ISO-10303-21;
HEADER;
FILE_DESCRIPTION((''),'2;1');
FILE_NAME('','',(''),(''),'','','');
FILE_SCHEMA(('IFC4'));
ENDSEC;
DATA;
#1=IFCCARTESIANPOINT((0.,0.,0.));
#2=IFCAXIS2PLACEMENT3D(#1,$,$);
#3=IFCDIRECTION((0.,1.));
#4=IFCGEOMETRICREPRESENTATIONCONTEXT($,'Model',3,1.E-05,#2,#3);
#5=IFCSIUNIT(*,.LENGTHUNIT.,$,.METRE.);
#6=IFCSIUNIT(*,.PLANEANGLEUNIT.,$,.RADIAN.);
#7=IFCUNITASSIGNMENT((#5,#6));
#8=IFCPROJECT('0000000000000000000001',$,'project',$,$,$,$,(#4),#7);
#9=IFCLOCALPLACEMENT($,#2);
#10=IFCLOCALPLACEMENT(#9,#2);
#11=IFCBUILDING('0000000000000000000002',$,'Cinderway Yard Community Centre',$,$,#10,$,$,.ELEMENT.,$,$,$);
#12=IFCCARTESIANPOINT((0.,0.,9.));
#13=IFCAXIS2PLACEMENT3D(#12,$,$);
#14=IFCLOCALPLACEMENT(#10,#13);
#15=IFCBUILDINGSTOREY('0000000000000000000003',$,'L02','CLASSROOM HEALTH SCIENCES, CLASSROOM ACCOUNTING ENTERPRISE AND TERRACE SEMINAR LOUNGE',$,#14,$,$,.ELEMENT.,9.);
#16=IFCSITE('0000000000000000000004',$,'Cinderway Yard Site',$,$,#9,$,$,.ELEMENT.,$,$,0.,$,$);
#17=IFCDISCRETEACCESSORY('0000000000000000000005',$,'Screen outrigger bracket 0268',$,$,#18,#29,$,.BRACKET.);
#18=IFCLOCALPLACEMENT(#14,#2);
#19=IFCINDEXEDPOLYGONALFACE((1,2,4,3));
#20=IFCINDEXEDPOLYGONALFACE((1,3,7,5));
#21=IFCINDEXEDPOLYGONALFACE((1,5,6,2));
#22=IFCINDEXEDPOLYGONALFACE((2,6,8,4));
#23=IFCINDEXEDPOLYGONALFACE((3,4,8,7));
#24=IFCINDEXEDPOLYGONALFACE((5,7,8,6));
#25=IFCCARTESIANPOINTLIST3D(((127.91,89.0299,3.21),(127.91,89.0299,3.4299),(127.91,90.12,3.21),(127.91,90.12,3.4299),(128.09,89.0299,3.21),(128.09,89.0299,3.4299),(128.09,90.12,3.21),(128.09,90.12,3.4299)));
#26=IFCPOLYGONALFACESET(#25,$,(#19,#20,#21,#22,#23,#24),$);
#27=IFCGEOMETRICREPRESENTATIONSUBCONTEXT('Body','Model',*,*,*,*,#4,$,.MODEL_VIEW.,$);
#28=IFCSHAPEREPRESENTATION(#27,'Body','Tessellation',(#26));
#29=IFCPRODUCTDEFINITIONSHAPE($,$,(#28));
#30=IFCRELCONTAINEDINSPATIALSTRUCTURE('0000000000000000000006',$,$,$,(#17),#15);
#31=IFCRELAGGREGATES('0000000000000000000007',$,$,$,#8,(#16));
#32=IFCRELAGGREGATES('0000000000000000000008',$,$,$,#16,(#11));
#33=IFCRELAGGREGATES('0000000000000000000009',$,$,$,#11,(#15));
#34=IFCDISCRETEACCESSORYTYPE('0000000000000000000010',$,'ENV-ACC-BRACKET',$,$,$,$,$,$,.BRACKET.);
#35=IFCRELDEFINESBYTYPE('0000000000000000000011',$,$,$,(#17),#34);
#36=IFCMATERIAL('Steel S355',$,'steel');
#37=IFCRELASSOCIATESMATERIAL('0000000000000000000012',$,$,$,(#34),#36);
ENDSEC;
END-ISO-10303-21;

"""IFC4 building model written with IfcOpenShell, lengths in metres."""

from ifc_helpers import new_model, si_unit, direction, frame, origin, origin_2d, place, context, subcontext, project, spatial, rectangle, extrude, material, type_object, element, save


model = new_model("IFC4")

# Units and contexts
model_context = context("Model", 3, precision=1e-05, world=origin(), true_north=direction((0.0, 1.0)))
body_context = subcontext(model_context, "Body", "Model", "MODEL_VIEW")
ifc_project = project(units=[si_unit("LENGTHUNIT", "METRE"), si_unit("PLANEANGLEUNIT", "RADIAN")], contexts=[model_context])

# Site, building, storey
site_placement = place(None, origin())
site = spatial("IfcSite", under=ifc_project, at=site_placement, Name="Cinderway Yard Site", CompositionType="ELEMENT", RefElevation=0.0)
building_placement = place(site_placement, origin())
building = spatial("IfcBuilding", under=site, at=building_placement, Name="Cinderway Yard Community Centre", CompositionType="ELEMENT")
storey_placement = place(building_placement, frame((0.0, 0.0, 9.0)))
storey = spatial("IfcBuildingStorey", under=building, at=storey_placement, Name="L02", Description="CLASSROOM HEALTH SCIENCES, CLASSROOM ACCOUNTING ENTERPRISE AND TERRACE SEMINAR LOUNGE", CompositionType="ELEMENT", Elevation=9.0)

# Shared definitions
ifc_material_1 = material(Name="Steel S355", Category="steel")

# Discrete accessory
discrete_accessory_type = type_object("IfcDiscreteAccessoryType", Name="ENV-ACC-BRACKET", PredefinedType="BRACKET", material=ifc_material_1)
for number, where, z_axis, x_axis, name in (
    (1, (128.0, 89.575, 3.21), (0.0, 0.0, 1.0), (0.0, -1.0, 0.0), "Screen outrigger bracket 0268"),
):
    element("IfcDiscreteAccessory", number, at=place(storey_placement, frame(where, z_axis=z_axis, x_axis=x_axis)), inside=storey, type_object=discrete_accessory_type, Name=name, PredefinedType="BRACKET", context=body_context, shape_type="SweptSolid", body=[
        extrude(rectangle(XDim=1.0901, YDim=0.1799, at=origin_2d()), origin(), (0.0, 0.0, 1.0), 0.22),
    ])

save(model, "model.ifc")
